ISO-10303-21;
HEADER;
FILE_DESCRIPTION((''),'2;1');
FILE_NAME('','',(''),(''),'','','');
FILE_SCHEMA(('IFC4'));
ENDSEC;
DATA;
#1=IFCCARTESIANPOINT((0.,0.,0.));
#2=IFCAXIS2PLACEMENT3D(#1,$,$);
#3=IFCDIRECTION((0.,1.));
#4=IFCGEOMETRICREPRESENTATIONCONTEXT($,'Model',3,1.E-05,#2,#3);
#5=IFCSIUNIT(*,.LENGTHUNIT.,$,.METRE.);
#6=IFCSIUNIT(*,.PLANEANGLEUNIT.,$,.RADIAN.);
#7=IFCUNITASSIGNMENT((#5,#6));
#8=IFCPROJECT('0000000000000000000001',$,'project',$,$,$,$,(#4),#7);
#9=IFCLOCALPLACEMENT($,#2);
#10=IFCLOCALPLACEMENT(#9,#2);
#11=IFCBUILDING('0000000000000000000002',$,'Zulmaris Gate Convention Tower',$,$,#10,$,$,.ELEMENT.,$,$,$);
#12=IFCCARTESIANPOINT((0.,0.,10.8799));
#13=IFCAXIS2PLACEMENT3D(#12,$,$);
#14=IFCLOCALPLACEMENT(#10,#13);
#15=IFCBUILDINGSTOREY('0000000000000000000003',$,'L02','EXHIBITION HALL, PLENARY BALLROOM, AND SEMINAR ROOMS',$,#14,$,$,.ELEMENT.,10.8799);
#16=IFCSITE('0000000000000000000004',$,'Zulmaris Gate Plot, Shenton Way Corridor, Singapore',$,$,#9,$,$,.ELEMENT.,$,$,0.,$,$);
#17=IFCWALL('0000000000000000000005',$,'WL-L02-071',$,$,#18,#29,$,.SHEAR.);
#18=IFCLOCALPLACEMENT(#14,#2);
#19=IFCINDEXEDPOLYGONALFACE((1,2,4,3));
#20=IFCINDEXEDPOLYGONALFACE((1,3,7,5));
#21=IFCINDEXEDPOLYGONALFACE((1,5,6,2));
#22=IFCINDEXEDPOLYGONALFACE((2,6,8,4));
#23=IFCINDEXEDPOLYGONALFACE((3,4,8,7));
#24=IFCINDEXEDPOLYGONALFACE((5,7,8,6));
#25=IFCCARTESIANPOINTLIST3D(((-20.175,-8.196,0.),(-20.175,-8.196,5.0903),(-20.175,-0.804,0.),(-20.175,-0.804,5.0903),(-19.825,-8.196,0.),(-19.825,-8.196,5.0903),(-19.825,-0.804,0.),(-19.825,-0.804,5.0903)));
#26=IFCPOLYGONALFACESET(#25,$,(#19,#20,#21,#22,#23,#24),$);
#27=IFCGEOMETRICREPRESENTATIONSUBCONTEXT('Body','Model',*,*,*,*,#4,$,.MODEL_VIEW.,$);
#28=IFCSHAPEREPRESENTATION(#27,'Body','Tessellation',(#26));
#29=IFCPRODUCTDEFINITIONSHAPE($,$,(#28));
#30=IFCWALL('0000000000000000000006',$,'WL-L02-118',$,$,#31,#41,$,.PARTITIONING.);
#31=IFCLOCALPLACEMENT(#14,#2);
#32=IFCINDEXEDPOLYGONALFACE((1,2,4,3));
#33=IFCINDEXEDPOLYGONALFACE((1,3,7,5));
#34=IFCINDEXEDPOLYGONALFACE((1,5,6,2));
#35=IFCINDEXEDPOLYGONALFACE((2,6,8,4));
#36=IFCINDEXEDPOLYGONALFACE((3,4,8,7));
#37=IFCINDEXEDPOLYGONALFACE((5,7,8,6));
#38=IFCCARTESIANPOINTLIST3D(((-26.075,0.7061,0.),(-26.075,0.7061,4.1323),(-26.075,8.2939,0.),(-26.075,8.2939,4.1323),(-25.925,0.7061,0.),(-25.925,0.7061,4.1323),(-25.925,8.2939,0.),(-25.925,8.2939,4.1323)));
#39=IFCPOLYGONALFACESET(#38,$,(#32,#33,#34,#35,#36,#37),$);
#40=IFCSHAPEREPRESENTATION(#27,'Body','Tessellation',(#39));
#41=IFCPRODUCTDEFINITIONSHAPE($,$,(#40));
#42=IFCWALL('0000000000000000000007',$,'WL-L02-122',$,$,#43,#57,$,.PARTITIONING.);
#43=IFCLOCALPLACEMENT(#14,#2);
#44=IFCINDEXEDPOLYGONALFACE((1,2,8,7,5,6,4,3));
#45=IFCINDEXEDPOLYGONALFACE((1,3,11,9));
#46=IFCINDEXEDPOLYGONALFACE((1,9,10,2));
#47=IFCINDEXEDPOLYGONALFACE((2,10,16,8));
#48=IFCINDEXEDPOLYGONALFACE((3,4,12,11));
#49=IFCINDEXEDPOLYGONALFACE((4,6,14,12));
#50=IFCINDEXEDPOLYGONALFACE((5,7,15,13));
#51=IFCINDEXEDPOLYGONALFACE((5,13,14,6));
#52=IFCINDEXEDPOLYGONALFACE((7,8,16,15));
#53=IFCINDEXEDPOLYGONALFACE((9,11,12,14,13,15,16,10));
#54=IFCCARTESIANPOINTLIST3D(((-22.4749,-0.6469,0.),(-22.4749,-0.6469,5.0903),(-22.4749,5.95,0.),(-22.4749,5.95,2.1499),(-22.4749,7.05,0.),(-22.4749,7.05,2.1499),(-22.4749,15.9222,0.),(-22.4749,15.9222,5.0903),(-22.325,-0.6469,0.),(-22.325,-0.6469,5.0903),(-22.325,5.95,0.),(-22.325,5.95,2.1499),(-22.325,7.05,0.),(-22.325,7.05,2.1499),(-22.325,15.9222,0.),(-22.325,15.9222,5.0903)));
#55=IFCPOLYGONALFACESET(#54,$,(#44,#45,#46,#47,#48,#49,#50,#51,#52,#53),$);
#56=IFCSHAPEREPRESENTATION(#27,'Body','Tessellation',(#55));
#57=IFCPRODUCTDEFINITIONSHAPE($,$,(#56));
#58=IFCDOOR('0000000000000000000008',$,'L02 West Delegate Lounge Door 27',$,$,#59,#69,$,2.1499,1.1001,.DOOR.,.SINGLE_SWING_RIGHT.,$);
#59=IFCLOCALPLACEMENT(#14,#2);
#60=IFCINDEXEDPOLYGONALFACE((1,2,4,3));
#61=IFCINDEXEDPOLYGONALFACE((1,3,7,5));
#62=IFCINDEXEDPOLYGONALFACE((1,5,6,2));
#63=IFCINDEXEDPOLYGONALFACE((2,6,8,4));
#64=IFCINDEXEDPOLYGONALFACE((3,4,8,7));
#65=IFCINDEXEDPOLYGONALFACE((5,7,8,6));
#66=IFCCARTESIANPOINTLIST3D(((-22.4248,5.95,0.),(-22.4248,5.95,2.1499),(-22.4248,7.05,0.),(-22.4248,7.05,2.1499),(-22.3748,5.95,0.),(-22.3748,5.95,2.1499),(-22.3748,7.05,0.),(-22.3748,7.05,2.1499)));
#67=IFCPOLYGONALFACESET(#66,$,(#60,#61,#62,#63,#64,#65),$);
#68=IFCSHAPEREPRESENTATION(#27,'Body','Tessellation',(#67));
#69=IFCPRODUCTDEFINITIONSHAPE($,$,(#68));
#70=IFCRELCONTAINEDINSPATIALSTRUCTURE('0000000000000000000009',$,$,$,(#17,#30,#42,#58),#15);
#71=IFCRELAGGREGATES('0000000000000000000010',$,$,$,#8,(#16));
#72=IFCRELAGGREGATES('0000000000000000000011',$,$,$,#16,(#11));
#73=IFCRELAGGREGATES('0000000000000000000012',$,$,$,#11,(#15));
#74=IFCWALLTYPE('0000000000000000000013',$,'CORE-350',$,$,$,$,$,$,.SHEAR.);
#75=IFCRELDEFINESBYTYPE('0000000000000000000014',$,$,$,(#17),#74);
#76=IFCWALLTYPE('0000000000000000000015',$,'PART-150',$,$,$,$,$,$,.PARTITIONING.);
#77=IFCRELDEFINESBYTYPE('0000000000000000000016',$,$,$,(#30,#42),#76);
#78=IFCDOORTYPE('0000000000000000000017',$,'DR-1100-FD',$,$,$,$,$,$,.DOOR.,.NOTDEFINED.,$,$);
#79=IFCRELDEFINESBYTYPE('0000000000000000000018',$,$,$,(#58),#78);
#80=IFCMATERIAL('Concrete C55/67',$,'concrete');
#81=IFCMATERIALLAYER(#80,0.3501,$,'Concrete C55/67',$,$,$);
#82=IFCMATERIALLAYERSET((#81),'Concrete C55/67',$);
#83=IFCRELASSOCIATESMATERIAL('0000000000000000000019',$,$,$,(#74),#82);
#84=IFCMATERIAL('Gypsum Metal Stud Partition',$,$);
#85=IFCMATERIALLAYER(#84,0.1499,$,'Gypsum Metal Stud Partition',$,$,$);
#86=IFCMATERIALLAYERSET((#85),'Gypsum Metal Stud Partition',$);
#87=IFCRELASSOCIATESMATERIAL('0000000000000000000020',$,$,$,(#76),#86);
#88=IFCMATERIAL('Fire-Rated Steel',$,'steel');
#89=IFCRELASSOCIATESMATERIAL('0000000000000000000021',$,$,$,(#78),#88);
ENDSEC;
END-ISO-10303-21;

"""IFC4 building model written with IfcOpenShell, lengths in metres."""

from ifc_helpers import new_model, si_unit, direction, frame, frame_2d, origin, place, context, subcontext, project, spatial, rectangle, extrude, material, layer, layer_set, type_object, element, fill, save


model = new_model("IFC4")

# Units and contexts
model_context = context("Model", 3, precision=1e-05, world=origin(), true_north=direction((0.0, 1.0)))
body_context = subcontext(model_context, "Body", "Model", "MODEL_VIEW")
ifc_project = project(units=[si_unit("LENGTHUNIT", "METRE"), si_unit("PLANEANGLEUNIT", "RADIAN")], contexts=[model_context])

# Site, building, storey
site_placement = place(None, origin())
site = spatial("IfcSite", under=ifc_project, at=site_placement, Name="Zulmaris Gate Plot, Shenton Way Corridor, Singapore", CompositionType="ELEMENT", RefElevation=0.0)
building_placement = place(site_placement, origin())
building = spatial("IfcBuilding", under=site, at=building_placement, Name="Zulmaris Gate Convention Tower", CompositionType="ELEMENT")
storey_placement = place(building_placement, frame((0.0, 0.0, 10.8799)))
storey = spatial("IfcBuildingStorey", under=building, at=storey_placement, Name="L02", Description="EXHIBITION HALL, PLENARY BALLROOM, AND SEMINAR ROOMS", CompositionType="ELEMENT", Elevation=10.8799)

# Walls
ifc_material_1 = material(Name="Concrete C55/67", Category="concrete")
ifc_layer_1 = layer(ifc_material_1, 0.3501, Name="Concrete C55/67")
ifc_layer_set_1 = layer_set([ifc_layer_1], Name="Concrete C55/67")
wall_type_1 = type_object("IfcWallType", Name="CORE-350", PredefinedType="SHEAR", material=ifc_layer_set_1)
wall_1_placement = place(storey_placement, frame((-20.0, -8.196, 0.0), z_axis=(0.0, 0.0, 1.0), x_axis=(0.0, 1.0, 0.0)))
element("IfcWall", 1, at=wall_1_placement, inside=storey, type_object=wall_type_1, Name="WL-L02-071", PredefinedType="SHEAR", context=body_context, shape_type="SweptSolid", body=[
    extrude(rectangle(XDim=7.3921, YDim=0.3501, at=frame_2d((3.696, 0.0))), origin(), (0.0, 0.0, 1.0), 5.0903),
])
ifc_material_2 = material(Name="Gypsum Metal Stud Partition")
ifc_layer_2 = layer(ifc_material_2, 0.1499, Name="Gypsum Metal Stud Partition")
ifc_layer_set_2 = layer_set([ifc_layer_2], Name="Gypsum Metal Stud Partition")
wall_type_2 = type_object("IfcWallType", Name="PART-150", PredefinedType="PARTITIONING", material=ifc_layer_set_2)
wall_2_placement = place(storey_placement, frame((-26.0, 0.7061, 0.0), z_axis=(0.0, 0.0, 1.0), x_axis=(0.0, 1.0, 0.0)))
element("IfcWall", 2, at=wall_2_placement, inside=storey, type_object=wall_type_2, Name="WL-L02-118", PredefinedType="PARTITIONING", context=body_context, shape_type="SweptSolid", body=[
    extrude(rectangle(XDim=7.5879, YDim=0.1499, at=frame_2d((3.7939, 0.0))), origin(), (0.0, 0.0, 1.0), 4.1323),
])

# Wall, opening, door
wall_3_placement = place(storey_placement, frame((-22.3999, -0.647, 0.0), z_axis=(0.0, 0.0, 1.0), x_axis=(0.0, 1.0, 0.0)))
wall_3 = element("IfcWall", 3, at=wall_3_placement, inside=storey, type_object=wall_type_2, Name="WL-L02-122", PredefinedType="PARTITIONING", context=body_context, shape_type="SweptSolid", body=[
    extrude(rectangle(XDim=16.5691, YDim=0.1499, at=frame_2d((8.2847, 0.0))), origin(), (0.0, 0.0, 1.0), 5.0903),
])
opening_1_placement = place(wall_3_placement, frame((6.5969, 0.0, 0.0)))
opening_1 = element("IfcOpeningElement", 4, at=opening_1_placement, cuts=wall_3, PredefinedType="OPENING", context=body_context, shape_type="SweptSolid", body=[
    extrude(rectangle(XDim=1.1001, YDim=2.1499, at=frame_2d((0.55, 1.075))), frame((0.0, 0.085, 0.0), z_axis=(0.0, -1.0, 0.0), x_axis=(1.0, 0.0, 0.0)), (0.0, 0.0, 1.0), 0.1699),
])
ifc_material_3 = material(Name="Fire-Rated Steel", Category="steel")
door_type_1 = type_object("IfcDoorType", Name="DR-1100-FD", OperationType="NOTDEFINED", PredefinedType="DOOR", material=ifc_material_3)
door_1_placement = place(opening_1_placement, origin())
door_1 = element("IfcDoor", 5, at=door_1_placement, inside=storey, type_object=door_type_1, Name="L02 West Delegate Lounge Door 27", OperationType="SINGLE_SWING_RIGHT", OverallHeight=2.1499, OverallWidth=1.1001, PredefinedType="DOOR", context=body_context, shape_type="SweptSolid", body=[
    extrude(rectangle(XDim=1.1001, YDim=2.1499, at=frame_2d((0.55, 1.075))), frame((0.0, 0.0249, 0.0), z_axis=(0.0, -1.0, 0.0), x_axis=(1.0, 0.0, 0.0)), (0.0, 0.0, 1.0), 0.05),
])
fill(opening_1, door_1)

save(model, "model.ifc")
